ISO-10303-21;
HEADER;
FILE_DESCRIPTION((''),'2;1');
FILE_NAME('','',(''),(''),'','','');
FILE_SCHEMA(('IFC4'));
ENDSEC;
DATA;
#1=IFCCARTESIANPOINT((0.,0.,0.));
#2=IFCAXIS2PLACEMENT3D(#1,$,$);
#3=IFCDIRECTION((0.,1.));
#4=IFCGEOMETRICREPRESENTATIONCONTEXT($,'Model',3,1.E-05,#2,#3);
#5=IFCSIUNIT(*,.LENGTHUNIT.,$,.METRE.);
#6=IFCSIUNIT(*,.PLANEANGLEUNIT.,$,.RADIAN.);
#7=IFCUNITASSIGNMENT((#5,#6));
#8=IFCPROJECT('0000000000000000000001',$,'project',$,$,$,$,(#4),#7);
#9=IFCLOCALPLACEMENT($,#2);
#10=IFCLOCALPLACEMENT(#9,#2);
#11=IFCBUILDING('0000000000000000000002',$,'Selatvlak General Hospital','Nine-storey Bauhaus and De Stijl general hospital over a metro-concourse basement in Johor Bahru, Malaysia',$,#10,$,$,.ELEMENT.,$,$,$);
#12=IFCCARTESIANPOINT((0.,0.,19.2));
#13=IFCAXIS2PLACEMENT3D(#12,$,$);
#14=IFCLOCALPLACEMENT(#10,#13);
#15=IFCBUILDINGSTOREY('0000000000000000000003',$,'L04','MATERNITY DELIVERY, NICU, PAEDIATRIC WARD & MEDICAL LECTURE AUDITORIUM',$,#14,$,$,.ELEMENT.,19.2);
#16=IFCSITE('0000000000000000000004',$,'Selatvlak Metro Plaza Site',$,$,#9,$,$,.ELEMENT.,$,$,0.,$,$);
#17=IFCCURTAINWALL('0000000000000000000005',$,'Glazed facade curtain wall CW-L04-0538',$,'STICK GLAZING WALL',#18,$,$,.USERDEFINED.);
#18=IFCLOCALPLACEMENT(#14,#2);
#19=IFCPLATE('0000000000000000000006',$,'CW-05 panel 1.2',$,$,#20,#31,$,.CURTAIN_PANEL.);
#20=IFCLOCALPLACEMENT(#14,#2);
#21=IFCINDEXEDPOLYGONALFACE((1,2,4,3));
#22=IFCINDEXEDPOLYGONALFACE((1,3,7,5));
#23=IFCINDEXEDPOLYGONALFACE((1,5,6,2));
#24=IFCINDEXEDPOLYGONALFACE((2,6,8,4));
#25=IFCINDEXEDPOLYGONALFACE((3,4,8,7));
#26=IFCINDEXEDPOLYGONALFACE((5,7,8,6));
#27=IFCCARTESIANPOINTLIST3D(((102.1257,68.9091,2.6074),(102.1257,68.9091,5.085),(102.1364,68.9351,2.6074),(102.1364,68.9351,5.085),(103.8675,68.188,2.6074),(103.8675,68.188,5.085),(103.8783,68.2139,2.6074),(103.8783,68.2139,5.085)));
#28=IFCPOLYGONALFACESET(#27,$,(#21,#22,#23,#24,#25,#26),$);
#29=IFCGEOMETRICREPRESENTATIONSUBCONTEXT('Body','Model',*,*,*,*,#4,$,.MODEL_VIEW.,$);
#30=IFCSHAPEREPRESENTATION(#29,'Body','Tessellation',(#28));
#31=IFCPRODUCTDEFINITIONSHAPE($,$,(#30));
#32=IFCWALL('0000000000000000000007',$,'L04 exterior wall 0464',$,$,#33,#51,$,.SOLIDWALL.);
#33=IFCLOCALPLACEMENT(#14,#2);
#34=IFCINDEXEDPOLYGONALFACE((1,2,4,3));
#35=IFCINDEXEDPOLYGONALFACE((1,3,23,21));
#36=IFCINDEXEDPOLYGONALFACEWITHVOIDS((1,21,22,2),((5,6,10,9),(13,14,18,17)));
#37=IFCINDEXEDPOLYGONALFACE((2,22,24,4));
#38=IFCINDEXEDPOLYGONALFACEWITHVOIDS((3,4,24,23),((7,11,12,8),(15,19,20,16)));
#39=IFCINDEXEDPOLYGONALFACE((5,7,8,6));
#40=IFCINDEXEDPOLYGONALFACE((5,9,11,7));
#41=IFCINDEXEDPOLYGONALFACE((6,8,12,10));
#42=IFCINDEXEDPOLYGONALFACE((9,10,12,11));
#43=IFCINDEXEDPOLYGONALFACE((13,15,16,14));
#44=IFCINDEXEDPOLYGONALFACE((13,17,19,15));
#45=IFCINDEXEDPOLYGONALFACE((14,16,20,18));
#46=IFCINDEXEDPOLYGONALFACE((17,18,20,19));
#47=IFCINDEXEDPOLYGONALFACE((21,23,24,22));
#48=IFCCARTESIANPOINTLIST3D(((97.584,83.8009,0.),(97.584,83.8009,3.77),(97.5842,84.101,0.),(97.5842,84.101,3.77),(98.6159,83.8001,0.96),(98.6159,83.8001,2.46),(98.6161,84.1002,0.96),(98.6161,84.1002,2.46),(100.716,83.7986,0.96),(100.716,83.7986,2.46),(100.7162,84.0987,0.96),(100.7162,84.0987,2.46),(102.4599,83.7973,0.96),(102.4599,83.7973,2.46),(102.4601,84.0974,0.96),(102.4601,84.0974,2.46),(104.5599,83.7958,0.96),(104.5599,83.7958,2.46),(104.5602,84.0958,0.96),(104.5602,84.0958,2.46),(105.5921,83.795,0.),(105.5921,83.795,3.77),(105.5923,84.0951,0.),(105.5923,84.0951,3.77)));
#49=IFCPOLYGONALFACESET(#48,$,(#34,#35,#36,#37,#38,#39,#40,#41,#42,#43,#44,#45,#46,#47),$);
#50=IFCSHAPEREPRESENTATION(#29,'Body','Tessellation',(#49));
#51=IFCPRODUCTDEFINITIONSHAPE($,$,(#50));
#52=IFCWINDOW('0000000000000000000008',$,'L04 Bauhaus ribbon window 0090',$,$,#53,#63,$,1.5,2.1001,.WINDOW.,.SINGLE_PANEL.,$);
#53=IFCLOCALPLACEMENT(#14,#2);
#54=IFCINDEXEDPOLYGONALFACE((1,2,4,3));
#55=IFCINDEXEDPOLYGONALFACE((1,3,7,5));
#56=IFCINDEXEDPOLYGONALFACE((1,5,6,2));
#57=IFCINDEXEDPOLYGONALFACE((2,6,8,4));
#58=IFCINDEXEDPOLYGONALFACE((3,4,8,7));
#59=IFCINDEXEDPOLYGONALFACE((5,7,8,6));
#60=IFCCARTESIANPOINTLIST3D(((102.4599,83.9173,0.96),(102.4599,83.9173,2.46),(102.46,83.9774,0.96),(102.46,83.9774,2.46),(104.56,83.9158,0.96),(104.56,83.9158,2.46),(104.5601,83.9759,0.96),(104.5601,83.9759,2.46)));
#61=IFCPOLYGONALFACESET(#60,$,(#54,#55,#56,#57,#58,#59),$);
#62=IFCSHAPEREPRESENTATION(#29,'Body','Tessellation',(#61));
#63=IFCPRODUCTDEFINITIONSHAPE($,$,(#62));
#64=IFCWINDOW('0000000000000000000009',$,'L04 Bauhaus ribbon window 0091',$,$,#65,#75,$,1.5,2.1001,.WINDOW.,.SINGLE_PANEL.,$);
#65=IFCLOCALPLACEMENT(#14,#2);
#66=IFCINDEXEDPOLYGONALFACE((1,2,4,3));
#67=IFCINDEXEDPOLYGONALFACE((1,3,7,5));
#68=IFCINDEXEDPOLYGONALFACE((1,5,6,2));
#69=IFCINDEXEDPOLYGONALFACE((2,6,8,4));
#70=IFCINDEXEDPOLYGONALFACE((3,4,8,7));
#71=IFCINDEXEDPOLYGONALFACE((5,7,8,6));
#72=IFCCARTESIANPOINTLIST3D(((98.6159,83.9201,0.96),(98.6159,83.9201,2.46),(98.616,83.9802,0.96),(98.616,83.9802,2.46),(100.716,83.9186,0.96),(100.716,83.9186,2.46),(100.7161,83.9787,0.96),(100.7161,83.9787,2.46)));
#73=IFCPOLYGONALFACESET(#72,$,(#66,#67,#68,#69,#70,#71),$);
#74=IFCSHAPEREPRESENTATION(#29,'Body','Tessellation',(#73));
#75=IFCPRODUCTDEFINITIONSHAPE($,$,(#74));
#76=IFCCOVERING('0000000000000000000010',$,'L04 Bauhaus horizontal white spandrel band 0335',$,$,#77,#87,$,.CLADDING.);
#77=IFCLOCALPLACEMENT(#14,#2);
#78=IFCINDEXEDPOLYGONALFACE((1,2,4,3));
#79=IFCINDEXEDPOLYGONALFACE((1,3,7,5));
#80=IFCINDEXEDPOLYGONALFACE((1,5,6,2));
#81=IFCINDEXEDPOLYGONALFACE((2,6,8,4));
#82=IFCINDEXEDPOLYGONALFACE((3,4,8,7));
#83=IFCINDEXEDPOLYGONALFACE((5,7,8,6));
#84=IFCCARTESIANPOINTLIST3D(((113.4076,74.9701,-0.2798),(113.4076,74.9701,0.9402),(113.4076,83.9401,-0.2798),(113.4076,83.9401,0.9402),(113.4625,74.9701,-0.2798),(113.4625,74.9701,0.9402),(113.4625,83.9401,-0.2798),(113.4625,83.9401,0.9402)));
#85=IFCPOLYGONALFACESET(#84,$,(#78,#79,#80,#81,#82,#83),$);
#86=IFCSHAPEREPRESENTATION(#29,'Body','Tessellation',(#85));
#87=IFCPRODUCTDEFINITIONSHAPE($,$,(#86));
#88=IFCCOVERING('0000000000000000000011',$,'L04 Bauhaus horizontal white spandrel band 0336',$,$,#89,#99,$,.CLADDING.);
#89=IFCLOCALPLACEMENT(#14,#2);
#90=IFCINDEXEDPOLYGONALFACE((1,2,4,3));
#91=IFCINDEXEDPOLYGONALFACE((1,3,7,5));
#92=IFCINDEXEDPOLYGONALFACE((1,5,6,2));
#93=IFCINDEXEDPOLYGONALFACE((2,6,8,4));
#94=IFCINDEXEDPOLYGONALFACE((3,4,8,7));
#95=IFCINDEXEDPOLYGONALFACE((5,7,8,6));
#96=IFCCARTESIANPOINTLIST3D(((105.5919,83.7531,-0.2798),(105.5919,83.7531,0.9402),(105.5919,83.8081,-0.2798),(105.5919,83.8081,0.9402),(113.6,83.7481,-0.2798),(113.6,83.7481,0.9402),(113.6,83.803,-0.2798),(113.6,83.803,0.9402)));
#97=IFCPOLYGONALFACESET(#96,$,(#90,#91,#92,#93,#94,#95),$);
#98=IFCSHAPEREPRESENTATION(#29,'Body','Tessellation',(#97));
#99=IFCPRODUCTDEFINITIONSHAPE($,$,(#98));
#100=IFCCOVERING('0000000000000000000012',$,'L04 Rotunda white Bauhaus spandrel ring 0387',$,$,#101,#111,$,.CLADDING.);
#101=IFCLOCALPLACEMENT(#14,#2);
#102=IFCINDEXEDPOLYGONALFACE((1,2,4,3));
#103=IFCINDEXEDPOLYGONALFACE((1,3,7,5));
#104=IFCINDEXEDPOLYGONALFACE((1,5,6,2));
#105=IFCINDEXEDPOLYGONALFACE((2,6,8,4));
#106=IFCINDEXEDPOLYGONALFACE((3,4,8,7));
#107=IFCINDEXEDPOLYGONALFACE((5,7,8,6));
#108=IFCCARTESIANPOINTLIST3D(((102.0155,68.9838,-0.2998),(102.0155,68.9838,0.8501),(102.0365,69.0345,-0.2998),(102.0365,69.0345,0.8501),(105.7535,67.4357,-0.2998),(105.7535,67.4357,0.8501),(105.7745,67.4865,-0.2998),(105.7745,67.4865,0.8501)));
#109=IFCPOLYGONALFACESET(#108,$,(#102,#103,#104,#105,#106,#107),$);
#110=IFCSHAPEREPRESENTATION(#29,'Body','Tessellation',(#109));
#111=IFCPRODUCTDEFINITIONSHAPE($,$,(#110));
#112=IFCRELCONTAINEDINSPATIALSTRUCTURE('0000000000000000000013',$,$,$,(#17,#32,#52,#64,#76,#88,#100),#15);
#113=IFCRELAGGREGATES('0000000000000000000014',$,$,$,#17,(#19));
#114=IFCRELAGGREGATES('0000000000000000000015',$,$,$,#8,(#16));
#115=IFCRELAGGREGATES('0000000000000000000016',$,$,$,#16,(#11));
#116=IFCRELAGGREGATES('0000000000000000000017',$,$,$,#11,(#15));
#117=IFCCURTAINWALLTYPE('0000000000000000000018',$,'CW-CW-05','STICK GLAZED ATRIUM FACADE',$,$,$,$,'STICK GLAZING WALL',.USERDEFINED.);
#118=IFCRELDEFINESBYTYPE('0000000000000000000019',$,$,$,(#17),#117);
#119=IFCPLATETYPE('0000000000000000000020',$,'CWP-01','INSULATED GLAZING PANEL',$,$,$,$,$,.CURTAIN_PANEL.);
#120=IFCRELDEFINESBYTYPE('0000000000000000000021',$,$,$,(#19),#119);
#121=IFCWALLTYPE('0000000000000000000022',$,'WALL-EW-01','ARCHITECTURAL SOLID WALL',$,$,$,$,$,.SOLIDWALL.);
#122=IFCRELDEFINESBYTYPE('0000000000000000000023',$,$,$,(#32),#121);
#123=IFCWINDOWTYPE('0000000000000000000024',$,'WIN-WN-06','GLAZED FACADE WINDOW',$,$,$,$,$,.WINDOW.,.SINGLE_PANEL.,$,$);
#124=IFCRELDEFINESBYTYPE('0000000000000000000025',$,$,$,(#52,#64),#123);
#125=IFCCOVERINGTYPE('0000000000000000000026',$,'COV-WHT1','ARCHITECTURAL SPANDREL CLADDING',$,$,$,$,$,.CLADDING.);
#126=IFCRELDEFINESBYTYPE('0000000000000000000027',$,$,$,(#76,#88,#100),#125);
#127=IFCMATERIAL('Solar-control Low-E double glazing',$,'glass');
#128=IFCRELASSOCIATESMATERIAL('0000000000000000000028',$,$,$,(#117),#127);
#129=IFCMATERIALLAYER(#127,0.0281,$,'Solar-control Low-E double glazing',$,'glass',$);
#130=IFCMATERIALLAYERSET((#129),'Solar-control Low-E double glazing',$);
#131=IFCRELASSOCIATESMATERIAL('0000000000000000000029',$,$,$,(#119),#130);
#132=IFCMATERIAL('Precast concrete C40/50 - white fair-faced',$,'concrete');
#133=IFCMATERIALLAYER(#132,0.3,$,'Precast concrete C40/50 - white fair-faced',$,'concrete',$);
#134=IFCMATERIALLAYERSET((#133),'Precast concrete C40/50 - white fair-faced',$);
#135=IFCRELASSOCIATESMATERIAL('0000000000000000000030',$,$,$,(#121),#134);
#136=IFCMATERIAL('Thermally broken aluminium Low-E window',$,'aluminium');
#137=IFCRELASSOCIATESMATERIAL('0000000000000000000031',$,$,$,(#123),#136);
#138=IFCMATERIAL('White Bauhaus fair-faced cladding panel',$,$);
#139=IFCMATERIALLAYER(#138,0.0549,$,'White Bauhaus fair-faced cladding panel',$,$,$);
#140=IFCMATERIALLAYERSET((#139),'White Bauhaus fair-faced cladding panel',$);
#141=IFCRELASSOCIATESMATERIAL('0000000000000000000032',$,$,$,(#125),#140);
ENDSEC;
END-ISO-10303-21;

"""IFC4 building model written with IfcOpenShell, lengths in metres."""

from ifc_helpers import new_model, si_unit, direction, frame, frame_2d, origin, origin_2d, place, context, subcontext, project, spatial, rectangle, extrude, material, layer, layer_set, type_object, element, fill, aggregate, save


model = new_model("IFC4")

# Units and contexts
model_context = context("Model", 3, precision=1e-05, world=origin(), true_north=direction((0.0, 1.0)))
body_context = subcontext(model_context, "Body", "Model", "MODEL_VIEW")
ifc_project = project(units=[si_unit("LENGTHUNIT", "METRE"), si_unit("PLANEANGLEUNIT", "RADIAN")], contexts=[model_context])

# Site, building, storey
site_placement = place(None, origin())
site = spatial("IfcSite", under=ifc_project, at=site_placement, Name="Selatvlak Metro Plaza Site", CompositionType="ELEMENT", RefElevation=0.0)
building_placement = place(site_placement, origin())
building = spatial("IfcBuilding", under=site, at=building_placement, Name="Selatvlak General Hospital", Description="Nine-storey Bauhaus and De Stijl general hospital over a metro-concourse basement in Johor Bahru, Malaysia", CompositionType="ELEMENT")
storey_placement = place(building_placement, frame((0.0, 0.0, 19.2)))
storey = spatial("IfcBuildingStorey", under=building, at=storey_placement, Name="L04", Description="MATERNITY DELIVERY, NICU, PAEDIATRIC WARD & MEDICAL LECTURE AUDITORIUM", CompositionType="ELEMENT", Elevation=19.2)

# Curtain wall, plate
ifc_material_1 = material(Name="Solar-control Low-E double glazing", Category="glass")
curtain_wall_type = type_object("IfcCurtainWallType", Name="CW-CW-05", Description="STICK GLAZED ATRIUM FACADE", ElementType="STICK GLAZING WALL", PredefinedType="USERDEFINED", material=ifc_material_1)
curtain_wall_placement = place(storey_placement, origin())
curtain_wall = element("IfcCurtainWall", 1, at=curtain_wall_placement, inside=storey, type_object=curtain_wall_type, Name="Glazed facade curtain wall CW-L04-0538", ObjectType="STICK GLAZING WALL", PredefinedType="USERDEFINED")
ifc_layer_1 = layer(ifc_material_1, 0.0281, Name="Solar-control Low-E double glazing", Category="glass")
ifc_layer_set_1 = layer_set([ifc_layer_1], Name="Solar-control Low-E double glazing")
plate_type = type_object("IfcPlateType", Name="CWP-01", Description="INSULATED GLAZING PANEL", PredefinedType="CURTAIN_PANEL", material=ifc_layer_set_1)
plate_1_placement = place(storey_placement, frame((103.002, 68.5615, 2.6074), z_axis=(0.0, 0.0, 1.0), x_axis=(0.92394, -0.382537, 0.0)))
plate_1 = element("IfcPlate", 2, at=plate_1_placement, type_object=plate_type, Name="CW-05 panel 1.2", PredefinedType="CURTAIN_PANEL", context=body_context, shape_type="SweptSolid", body=[
    extrude(rectangle(XDim=1.8853, YDim=0.0281, at=origin_2d()), origin(), (0.0, 0.0, 1.0), 2.4775),
])
aggregate(curtain_wall, [plate_1])

# Wall, openings, windows
ifc_material_2 = material(Name="Precast concrete C40/50 - white fair-faced", Category="concrete")
ifc_layer_2 = layer(ifc_material_2, 0.3, Name="Precast concrete C40/50 - white fair-faced", Category="concrete")
ifc_layer_set_2 = layer_set([ifc_layer_2], Name="Precast concrete C40/50 - white fair-faced")
wall_type = type_object("IfcWallType", Name="WALL-EW-01", Description="ARCHITECTURAL SOLID WALL", PredefinedType="SOLIDWALL", material=ifc_layer_set_2)
wall_placement = place(storey_placement, frame((105.592, 83.9451, 0.0), z_axis=(0.0, 0.0, 1.0), x_axis=(-1.0, 0.000732, 0.0)))
wall = element("IfcWall", 3, at=wall_placement, inside=storey, type_object=wall_type, Name="L04 exterior wall 0464", PredefinedType="SOLIDWALL", context=body_context, shape_type="SweptSolid", body=[
    extrude(rectangle(XDim=8.0081, YDim=0.3, at=frame_2d((4.0039, 0.0))), origin(), (0.0, 0.0, 1.0), 3.77),
])
opening_1_placement = place(wall_placement, frame((1.032, 0.0, 0.96)))
opening_1 = element("IfcOpeningElement", 4, at=opening_1_placement, cuts=wall, PredefinedType="OPENING", context=body_context, shape_type="SweptSolid", body=[
    extrude(rectangle(XDim=2.1001, YDim=1.5, at=frame_2d((1.05, 0.75))), frame((0.0, 0.1599, 0.0), z_axis=(0.0, -1.0, 0.0), x_axis=(1.0, 0.0, 0.0)), (0.0, 0.0, 1.0), 0.3201),
])
opening_2_placement = place(wall_placement, frame((4.876, 0.0, 0.96)))
opening_2 = element("IfcOpeningElement", 5, at=opening_2_placement, cuts=wall, PredefinedType="OPENING", context=body_context, shape_type="SweptSolid", body=[
    extrude(rectangle(XDim=2.1001, YDim=1.5, at=frame_2d((1.05, 0.75))), frame((0.0, 0.1599, 0.0), z_axis=(0.0, -1.0, 0.0), x_axis=(1.0, 0.0, 0.0)), (0.0, 0.0, 1.0), 0.3201),
])
ifc_material_3 = material(Name="Thermally broken aluminium Low-E window", Category="aluminium")
window_type = type_object("IfcWindowType", Name="WIN-WN-06", Description="GLAZED FACADE WINDOW", PartitioningType="SINGLE_PANEL", PredefinedType="WINDOW", material=ifc_material_3)
window_1_placement = place(opening_1_placement, origin())
window_1 = element("IfcWindow", 6, at=window_1_placement, inside=storey, type_object=window_type, Name="L04 Bauhaus ribbon window 0090", OverallHeight=1.5, OverallWidth=2.1001, PartitioningType="SINGLE_PANEL", PredefinedType="WINDOW", context=body_context, shape_type="SweptSolid", body=[
    extrude(rectangle(XDim=2.1001, YDim=1.5, at=frame_2d((1.05, 0.75))), frame((0.0, 0.03, 0.0), z_axis=(0.0, -1.0, 0.0), x_axis=(1.0, 0.0, 0.0)), (0.0, 0.0, 1.0), 0.0601),
])
fill(opening_1, window_1)
window_2_placement = place(opening_2_placement, origin())
window_2 = element("IfcWindow", 7, at=window_2_placement, inside=storey, type_object=window_type, Name="L04 Bauhaus ribbon window 0091", OverallHeight=1.5, OverallWidth=2.1001, PartitioningType="SINGLE_PANEL", PredefinedType="WINDOW", context=body_context, shape_type="SweptSolid", body=[
    extrude(rectangle(XDim=2.1001, YDim=1.5, at=frame_2d((1.05, 0.75))), frame((0.0, 0.03, 0.0), z_axis=(0.0, -1.0, 0.0), x_axis=(1.0, 0.0, 0.0)), (0.0, 0.0, 1.0), 0.0601),
])
fill(opening_2, window_2)

# Coverings
ifc_material_4 = material(Name="White Bauhaus fair-faced cladding panel")
ifc_layer_3 = layer(ifc_material_4, 0.0549, Name="White Bauhaus fair-faced cladding panel")
ifc_layer_set_3 = layer_set([ifc_layer_3], Name="White Bauhaus fair-faced cladding panel")
covering_type = type_object("IfcCoveringType", Name="COV-WHT1", Description="ARCHITECTURAL SPANDREL CLADDING", PredefinedType="CLADDING", material=ifc_layer_set_3)
covering_1_placement = place(storey_placement, frame((113.4351, 79.4551, -0.2798), z_axis=(0.0, 0.0, 1.0), x_axis=(0.0, 1.0, 0.0)))
element("IfcCovering", 8, at=covering_1_placement, inside=storey, type_object=covering_type, Name="L04 Bauhaus horizontal white spandrel band 0335", PredefinedType="CLADDING", context=body_context, shape_type="SweptSolid", body=[
    extrude(rectangle(XDim=8.97, YDim=0.0549, at=origin_2d()), origin(), (0.0, 0.0, 1.0), 1.22),
])
covering_2_placement = place(storey_placement, frame((109.5959, 83.7781, -0.2798), z_axis=(0.0, 0.0, 1.0), x_axis=(-1.0, 0.000628, 0.0)))
element("IfcCovering", 9, at=covering_2_placement, inside=storey, type_object=covering_type, Name="L04 Bauhaus horizontal white spandrel band 0336", PredefinedType="CLADDING", context=body_context, shape_type="SweptSolid", body=[
    extrude(rectangle(XDim=8.0081, YDim=0.0549, at=origin_2d()), origin(), (0.0, 0.0, 1.0), 1.22),
])
covering_3_placement = place(storey_placement, frame((103.895, 68.2351, -0.2998), z_axis=(0.0, 0.0, 1.0), x_axis=(0.923906, -0.382619, 0.0)))
element("IfcCovering", 10, at=covering_3_placement, inside=storey, type_object=covering_type, Name="L04 Rotunda white Bauhaus spandrel ring 0387", PredefinedType="CLADDING", context=body_context, shape_type="SweptSolid", body=[
    extrude(rectangle(XDim=4.0459, YDim=0.0549, at=origin_2d()), origin(), (0.0, 0.0, 1.0), 1.1499),
])

save(model, "model.ifc")
